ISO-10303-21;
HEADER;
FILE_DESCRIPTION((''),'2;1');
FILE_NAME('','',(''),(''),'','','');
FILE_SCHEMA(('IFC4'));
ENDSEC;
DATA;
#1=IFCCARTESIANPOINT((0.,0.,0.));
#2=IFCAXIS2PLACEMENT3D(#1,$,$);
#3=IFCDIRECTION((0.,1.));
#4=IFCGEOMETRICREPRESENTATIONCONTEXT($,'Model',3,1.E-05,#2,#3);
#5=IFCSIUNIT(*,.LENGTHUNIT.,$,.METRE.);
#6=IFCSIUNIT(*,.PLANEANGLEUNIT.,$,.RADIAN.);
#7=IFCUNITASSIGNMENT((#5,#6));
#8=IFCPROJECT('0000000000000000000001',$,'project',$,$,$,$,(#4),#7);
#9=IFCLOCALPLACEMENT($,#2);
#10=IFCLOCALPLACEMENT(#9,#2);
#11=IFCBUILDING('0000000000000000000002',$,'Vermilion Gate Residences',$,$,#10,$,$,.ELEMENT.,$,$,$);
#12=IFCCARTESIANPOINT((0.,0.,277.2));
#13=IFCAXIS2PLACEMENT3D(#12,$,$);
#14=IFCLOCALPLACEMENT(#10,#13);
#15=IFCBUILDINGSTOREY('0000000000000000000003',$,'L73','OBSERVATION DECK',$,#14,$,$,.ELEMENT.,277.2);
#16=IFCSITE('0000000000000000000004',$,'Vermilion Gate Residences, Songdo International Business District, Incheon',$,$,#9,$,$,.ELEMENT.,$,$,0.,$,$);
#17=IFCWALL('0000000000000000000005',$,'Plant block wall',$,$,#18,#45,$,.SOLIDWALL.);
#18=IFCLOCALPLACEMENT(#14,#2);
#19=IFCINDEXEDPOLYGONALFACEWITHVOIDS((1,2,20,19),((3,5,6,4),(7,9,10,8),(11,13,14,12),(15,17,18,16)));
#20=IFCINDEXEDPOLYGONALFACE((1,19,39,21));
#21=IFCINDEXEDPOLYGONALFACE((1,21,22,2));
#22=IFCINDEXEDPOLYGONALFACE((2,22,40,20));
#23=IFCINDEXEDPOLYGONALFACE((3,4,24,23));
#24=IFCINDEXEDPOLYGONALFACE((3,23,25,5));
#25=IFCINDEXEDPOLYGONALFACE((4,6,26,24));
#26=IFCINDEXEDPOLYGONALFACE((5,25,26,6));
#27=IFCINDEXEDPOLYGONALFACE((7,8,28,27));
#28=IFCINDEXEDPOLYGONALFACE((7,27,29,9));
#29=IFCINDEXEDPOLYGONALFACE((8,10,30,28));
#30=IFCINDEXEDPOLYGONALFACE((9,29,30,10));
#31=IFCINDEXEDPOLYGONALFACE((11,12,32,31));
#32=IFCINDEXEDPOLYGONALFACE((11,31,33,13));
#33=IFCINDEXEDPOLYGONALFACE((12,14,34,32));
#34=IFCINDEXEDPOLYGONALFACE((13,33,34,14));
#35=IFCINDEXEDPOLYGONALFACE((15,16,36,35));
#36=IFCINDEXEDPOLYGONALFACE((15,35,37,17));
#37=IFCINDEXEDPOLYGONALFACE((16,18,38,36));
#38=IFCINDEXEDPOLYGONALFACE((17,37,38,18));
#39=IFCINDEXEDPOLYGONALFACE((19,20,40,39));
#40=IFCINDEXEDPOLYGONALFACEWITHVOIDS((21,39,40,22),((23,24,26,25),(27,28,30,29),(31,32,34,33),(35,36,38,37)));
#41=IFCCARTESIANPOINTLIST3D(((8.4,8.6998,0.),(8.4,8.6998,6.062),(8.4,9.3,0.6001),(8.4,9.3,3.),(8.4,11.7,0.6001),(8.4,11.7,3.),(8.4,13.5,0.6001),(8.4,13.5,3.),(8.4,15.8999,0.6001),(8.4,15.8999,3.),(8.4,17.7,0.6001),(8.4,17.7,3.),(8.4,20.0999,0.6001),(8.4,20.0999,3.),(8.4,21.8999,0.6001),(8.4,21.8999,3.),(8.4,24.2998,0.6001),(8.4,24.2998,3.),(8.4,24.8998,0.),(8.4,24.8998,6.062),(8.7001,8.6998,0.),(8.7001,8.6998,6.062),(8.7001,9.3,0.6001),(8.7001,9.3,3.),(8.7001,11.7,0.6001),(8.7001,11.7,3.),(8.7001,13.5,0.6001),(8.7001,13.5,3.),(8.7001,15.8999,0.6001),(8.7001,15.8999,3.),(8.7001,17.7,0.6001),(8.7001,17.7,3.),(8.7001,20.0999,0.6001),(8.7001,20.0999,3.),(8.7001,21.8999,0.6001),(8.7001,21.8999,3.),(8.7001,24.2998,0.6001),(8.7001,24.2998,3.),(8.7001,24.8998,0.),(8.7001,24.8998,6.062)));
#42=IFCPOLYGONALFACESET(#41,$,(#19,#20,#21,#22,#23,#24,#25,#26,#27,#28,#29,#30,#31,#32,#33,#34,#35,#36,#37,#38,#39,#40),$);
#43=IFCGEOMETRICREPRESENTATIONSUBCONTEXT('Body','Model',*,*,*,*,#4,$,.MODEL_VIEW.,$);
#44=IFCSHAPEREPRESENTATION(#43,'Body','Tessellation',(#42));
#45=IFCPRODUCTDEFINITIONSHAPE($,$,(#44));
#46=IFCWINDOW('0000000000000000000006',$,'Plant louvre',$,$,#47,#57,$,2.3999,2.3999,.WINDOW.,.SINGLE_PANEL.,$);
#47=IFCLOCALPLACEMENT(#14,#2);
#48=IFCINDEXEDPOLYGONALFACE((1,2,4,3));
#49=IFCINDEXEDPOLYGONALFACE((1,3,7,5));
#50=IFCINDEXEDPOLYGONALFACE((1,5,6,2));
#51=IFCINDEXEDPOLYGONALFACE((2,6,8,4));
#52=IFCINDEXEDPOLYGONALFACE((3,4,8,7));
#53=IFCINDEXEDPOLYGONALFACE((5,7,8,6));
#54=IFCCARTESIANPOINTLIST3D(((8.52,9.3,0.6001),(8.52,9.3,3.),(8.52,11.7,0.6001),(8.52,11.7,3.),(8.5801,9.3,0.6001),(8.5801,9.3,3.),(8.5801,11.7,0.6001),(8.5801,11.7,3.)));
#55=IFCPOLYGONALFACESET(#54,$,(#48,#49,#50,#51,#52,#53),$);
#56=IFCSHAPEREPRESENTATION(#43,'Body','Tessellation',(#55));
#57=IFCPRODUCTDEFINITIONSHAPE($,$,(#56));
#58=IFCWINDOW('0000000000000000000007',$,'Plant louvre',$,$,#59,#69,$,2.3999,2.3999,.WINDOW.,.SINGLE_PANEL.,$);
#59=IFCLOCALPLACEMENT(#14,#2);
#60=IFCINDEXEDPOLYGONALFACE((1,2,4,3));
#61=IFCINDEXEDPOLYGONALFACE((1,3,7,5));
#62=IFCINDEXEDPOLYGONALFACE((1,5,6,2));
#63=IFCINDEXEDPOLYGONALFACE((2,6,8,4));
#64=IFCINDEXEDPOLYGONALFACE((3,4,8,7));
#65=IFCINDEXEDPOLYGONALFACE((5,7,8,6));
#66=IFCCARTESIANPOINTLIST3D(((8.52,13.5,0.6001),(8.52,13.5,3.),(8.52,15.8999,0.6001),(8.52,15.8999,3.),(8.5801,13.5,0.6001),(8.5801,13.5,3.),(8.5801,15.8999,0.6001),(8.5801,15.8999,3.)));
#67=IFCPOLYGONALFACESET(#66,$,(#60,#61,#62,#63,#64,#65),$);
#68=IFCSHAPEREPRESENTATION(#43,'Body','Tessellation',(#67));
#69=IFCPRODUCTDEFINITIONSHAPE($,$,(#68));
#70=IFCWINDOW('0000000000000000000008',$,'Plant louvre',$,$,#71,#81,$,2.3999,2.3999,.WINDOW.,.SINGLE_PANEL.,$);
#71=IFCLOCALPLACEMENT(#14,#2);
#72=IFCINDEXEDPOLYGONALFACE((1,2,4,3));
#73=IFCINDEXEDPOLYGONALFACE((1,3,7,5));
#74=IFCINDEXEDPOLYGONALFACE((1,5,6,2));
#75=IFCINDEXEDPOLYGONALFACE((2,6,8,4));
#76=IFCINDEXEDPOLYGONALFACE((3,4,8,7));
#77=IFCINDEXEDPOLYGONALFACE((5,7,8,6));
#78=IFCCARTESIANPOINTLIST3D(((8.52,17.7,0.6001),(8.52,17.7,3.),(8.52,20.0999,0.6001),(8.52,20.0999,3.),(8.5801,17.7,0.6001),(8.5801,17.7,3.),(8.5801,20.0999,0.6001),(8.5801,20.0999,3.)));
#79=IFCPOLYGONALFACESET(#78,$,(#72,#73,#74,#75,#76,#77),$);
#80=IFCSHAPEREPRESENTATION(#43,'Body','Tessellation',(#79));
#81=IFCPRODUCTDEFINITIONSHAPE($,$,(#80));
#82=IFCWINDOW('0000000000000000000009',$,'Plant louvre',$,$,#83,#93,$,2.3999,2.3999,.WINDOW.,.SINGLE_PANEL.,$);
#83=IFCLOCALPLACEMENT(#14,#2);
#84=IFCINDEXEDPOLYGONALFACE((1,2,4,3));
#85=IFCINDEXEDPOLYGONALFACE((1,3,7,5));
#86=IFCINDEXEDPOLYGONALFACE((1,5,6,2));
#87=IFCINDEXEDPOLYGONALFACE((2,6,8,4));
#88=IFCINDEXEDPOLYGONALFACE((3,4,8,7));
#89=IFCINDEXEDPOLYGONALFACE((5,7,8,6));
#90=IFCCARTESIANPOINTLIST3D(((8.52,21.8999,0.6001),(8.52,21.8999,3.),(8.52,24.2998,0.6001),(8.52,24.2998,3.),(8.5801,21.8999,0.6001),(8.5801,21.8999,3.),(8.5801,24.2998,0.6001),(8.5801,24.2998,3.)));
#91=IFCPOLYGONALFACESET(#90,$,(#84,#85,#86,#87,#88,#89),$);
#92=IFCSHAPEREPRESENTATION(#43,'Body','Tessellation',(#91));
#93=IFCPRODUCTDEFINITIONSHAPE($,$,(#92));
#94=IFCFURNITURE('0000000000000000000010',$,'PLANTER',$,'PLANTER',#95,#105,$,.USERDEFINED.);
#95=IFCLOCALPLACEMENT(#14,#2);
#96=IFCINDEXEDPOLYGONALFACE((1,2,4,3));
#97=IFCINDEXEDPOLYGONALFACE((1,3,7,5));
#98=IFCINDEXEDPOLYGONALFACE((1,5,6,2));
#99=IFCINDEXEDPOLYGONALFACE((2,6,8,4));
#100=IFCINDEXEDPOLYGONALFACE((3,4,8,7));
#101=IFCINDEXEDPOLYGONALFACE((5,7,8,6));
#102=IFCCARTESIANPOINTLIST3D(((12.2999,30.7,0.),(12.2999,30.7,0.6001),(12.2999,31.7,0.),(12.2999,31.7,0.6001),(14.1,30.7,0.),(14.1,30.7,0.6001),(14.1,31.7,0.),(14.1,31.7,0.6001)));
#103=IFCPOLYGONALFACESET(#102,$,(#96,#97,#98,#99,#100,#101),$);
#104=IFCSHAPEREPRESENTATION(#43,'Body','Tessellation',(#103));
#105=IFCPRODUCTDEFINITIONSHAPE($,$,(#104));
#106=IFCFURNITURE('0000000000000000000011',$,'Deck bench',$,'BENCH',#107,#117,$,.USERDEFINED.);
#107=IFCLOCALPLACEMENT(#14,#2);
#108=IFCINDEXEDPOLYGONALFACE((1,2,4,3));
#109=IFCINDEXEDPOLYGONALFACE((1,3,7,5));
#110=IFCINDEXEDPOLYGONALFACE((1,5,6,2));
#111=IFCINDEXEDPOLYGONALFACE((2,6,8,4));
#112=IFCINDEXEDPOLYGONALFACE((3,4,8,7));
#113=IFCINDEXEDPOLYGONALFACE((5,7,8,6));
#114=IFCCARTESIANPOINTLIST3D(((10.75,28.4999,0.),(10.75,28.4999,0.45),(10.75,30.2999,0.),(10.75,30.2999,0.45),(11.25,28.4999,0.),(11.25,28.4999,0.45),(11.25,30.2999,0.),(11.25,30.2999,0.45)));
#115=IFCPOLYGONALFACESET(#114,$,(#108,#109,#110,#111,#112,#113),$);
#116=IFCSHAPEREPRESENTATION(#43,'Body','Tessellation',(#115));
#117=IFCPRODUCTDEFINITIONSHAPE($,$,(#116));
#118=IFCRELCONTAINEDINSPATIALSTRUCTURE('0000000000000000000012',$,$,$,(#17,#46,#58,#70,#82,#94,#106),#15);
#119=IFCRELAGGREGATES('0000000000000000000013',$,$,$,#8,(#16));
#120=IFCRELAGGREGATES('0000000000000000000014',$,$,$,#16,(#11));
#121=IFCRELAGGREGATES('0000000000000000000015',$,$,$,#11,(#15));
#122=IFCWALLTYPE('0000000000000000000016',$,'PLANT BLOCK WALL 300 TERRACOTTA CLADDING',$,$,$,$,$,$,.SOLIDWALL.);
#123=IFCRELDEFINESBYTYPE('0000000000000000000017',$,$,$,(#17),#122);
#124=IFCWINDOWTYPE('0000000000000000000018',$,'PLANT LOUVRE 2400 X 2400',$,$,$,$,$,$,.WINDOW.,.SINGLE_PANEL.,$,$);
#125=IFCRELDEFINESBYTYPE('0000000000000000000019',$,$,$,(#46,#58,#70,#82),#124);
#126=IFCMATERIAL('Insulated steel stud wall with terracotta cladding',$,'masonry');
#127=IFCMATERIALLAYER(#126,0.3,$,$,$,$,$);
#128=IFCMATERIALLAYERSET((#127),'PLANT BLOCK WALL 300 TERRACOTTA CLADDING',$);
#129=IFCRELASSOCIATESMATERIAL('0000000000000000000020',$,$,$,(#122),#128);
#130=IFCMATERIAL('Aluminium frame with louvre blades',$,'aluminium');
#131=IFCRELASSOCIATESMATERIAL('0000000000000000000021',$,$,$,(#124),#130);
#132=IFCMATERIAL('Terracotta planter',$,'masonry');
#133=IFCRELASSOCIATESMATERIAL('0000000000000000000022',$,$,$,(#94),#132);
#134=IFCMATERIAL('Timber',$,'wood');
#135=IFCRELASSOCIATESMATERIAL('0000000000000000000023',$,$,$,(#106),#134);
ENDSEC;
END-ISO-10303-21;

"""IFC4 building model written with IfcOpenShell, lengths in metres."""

from ifc_helpers import new_model, si_unit, direction, frame, frame_2d, origin, origin_2d, place, context, subcontext, project, spatial, rectangle, extrude, material, layer, layer_set, type_object, element, fill, save


model = new_model("IFC4")

# Units and contexts
model_context = context("Model", 3, precision=1e-05, world=origin(), true_north=direction((0.0, 1.0)))
body_context = subcontext(model_context, "Body", "Model", "MODEL_VIEW")
ifc_project = project(units=[si_unit("LENGTHUNIT", "METRE"), si_unit("PLANEANGLEUNIT", "RADIAN")], contexts=[model_context])

# Site, building, storey
site_placement = place(None, origin())
site = spatial("IfcSite", under=ifc_project, at=site_placement, Name="Vermilion Gate Residences, Songdo International Business District, Incheon", CompositionType="ELEMENT", RefElevation=0.0)
building_placement = place(site_placement, origin())
building = spatial("IfcBuilding", under=site, at=building_placement, Name="Vermilion Gate Residences", CompositionType="ELEMENT")
storey_placement = place(building_placement, frame((0.0, 0.0, 277.2)))
storey = spatial("IfcBuildingStorey", under=building, at=storey_placement, Name="L73", Description="OBSERVATION DECK", CompositionType="ELEMENT", Elevation=277.2)

# Wall, openings, windows
ifc_material_1 = material(Name="Insulated steel stud wall with terracotta cladding", Category="masonry")
ifc_layer_1 = layer(ifc_material_1, 0.3)
ifc_layer_set_1 = layer_set([ifc_layer_1], Name="PLANT BLOCK WALL 300 TERRACOTTA CLADDING")
wall_type_1 = type_object("IfcWallType", Name="PLANT BLOCK WALL 300 TERRACOTTA CLADDING", PredefinedType="SOLIDWALL", material=ifc_layer_set_1)
wall_1_placement = place(storey_placement, frame((8.55, 24.8999, 0.0), z_axis=(0.0, 0.0, 1.0), x_axis=(0.0, -1.0, 0.0)))
wall_1 = element("IfcWall", 1, at=wall_1_placement, inside=storey, type_object=wall_type_1, Name="Plant block wall", PredefinedType="SOLIDWALL", context=body_context, shape_type="SweptSolid", body=[
    extrude(rectangle(XDim=16.2, YDim=0.3, at=frame_2d((8.1001, 0.0))), origin(), (0.0, 0.0, 1.0), 6.062),
])
opening_1_placement = place(wall_1_placement, frame((13.2, 0.0, 0.6001)))
opening_1 = element("IfcOpeningElement", 2, at=opening_1_placement, cuts=wall_1, PredefinedType="OPENING", context=body_context, shape_type="SweptSolid", body=[
    extrude(rectangle(XDim=2.3999, YDim=2.3999, at=frame_2d((1.2, 1.2))), frame((0.0, 0.1599, 0.0), z_axis=(0.0, -1.0, 0.0), x_axis=(1.0, 0.0, 0.0)), (0.0, 0.0, 1.0), 0.3201),
])
opening_2_placement = place(wall_1_placement, frame((9.0, 0.0, 0.6001)))
opening_2 = element("IfcOpeningElement", 3, at=opening_2_placement, cuts=wall_1, PredefinedType="OPENING", context=body_context, shape_type="SweptSolid", body=[
    extrude(rectangle(XDim=2.3999, YDim=2.3999, at=frame_2d((1.2, 1.2))), frame((0.0, 0.1599, 0.0), z_axis=(0.0, -1.0, 0.0), x_axis=(1.0, 0.0, 0.0)), (0.0, 0.0, 1.0), 0.3201),
])
opening_3_placement = place(wall_1_placement, frame((4.8, 0.0, 0.6001)))
opening_3 = element("IfcOpeningElement", 4, at=opening_3_placement, cuts=wall_1, PredefinedType="OPENING", context=body_context, shape_type="SweptSolid", body=[
    extrude(rectangle(XDim=2.3999, YDim=2.3999, at=frame_2d((1.2, 1.2))), frame((0.0, 0.1599, 0.0), z_axis=(0.0, -1.0, 0.0), x_axis=(1.0, 0.0, 0.0)), (0.0, 0.0, 1.0), 0.3201),
])
opening_4_placement = place(wall_1_placement, frame((0.6001, 0.0, 0.6001)))
opening_4 = element("IfcOpeningElement", 5, at=opening_4_placement, cuts=wall_1, PredefinedType="OPENING", context=body_context, shape_type="SweptSolid", body=[
    extrude(rectangle(XDim=2.3999, YDim=2.3999, at=frame_2d((1.2, 1.2))), frame((0.0, 0.1599, 0.0), z_axis=(0.0, -1.0, 0.0), x_axis=(1.0, 0.0, 0.0)), (0.0, 0.0, 1.0), 0.3201),
])
ifc_material_2 = material(Name="Aluminium frame with louvre blades", Category="aluminium")
window_type = type_object("IfcWindowType", Name="PLANT LOUVRE 2400 X 2400", PartitioningType="SINGLE_PANEL", PredefinedType="WINDOW", material=ifc_material_2)
window_1_placement = place(opening_1_placement, origin())
window_1 = element("IfcWindow", 6, at=window_1_placement, inside=storey, type_object=window_type, Name="Plant louvre", OverallHeight=2.3999, OverallWidth=2.3999, PartitioningType="SINGLE_PANEL", PredefinedType="WINDOW", context=body_context, shape_type="SweptSolid", body=[
    extrude(rectangle(XDim=2.3999, YDim=2.3999, at=frame_2d((1.2, 1.2))), frame((0.0, 0.03, 0.0), z_axis=(0.0, -1.0, 0.0), x_axis=(1.0, 0.0, 0.0)), (0.0, 0.0, 1.0), 0.0601),
])
fill(opening_1, window_1)
window_2_placement = place(opening_2_placement, origin())
window_2 = element("IfcWindow", 7, at=window_2_placement, inside=storey, type_object=window_type, Name="Plant louvre", OverallHeight=2.3999, OverallWidth=2.3999, PartitioningType="SINGLE_PANEL", PredefinedType="WINDOW", context=body_context, shape_type="SweptSolid", body=[
    extrude(rectangle(XDim=2.3999, YDim=2.3999, at=frame_2d((1.2, 1.2))), frame((0.0, 0.03, 0.0), z_axis=(0.0, -1.0, 0.0), x_axis=(1.0, 0.0, 0.0)), (0.0, 0.0, 1.0), 0.0601),
])
fill(opening_2, window_2)
window_3_placement = place(opening_3_placement, origin())
window_3 = element("IfcWindow", 8, at=window_3_placement, inside=storey, type_object=window_type, Name="Plant louvre", OverallHeight=2.3999, OverallWidth=2.3999, PartitioningType="SINGLE_PANEL", PredefinedType="WINDOW", context=body_context, shape_type="SweptSolid", body=[
    extrude(rectangle(XDim=2.3999, YDim=2.3999, at=frame_2d((1.2, 1.2))), frame((0.0, 0.03, 0.0), z_axis=(0.0, -1.0, 0.0), x_axis=(1.0, 0.0, 0.0)), (0.0, 0.0, 1.0), 0.0601),
])
fill(opening_3, window_3)
window_4_placement = place(opening_4_placement, origin())
window_4 = element("IfcWindow", 9, at=window_4_placement, inside=storey, type_object=window_type, Name="Plant louvre", OverallHeight=2.3999, OverallWidth=2.3999, PartitioningType="SINGLE_PANEL", PredefinedType="WINDOW", context=body_context, shape_type="SweptSolid", body=[
    extrude(rectangle(XDim=2.3999, YDim=2.3999, at=frame_2d((1.2, 1.2))), frame((0.0, 0.03, 0.0), z_axis=(0.0, -1.0, 0.0), x_axis=(1.0, 0.0, 0.0)), (0.0, 0.0, 1.0), 0.0601),
])
fill(opening_4, window_4)

# Furniture
ifc_material_3 = material(Name="Terracotta planter", Category="masonry")
furniture_1_placement = place(storey_placement, frame((13.2, 31.2, 0.0), z_axis=(0.0, 0.0, 1.0), x_axis=(1.0, 0.0, 0.0)))
element("IfcFurniture", 10, at=furniture_1_placement, inside=storey, material=ifc_material_3, Name="PLANTER", ObjectType="PLANTER", PredefinedType="USERDEFINED", context=body_context, shape_type="SweptSolid", body=[
    extrude(rectangle(XDim=1.8, YDim=1.0, at=origin_2d()), origin(), (0.0, 0.0, 1.0), 0.6001),
])
ifc_material_4 = material(Name="Timber", Category="wood")
furniture_2_placement = place(storey_placement, frame((11.0, 29.3999, 0.0), z_axis=(0.0, 0.0, 1.0), x_axis=(0.0, 1.0, 0.0)))
element("IfcFurniture", 11, at=furniture_2_placement, inside=storey, material=ifc_material_4, Name="Deck bench", ObjectType="BENCH", PredefinedType="USERDEFINED", context=body_context, shape_type="SweptSolid", body=[
    extrude(rectangle(XDim=1.8, YDim=0.5, at=origin_2d()), origin(), (0.0, 0.0, 1.0), 0.45),
])

save(model, "model.ifc")
